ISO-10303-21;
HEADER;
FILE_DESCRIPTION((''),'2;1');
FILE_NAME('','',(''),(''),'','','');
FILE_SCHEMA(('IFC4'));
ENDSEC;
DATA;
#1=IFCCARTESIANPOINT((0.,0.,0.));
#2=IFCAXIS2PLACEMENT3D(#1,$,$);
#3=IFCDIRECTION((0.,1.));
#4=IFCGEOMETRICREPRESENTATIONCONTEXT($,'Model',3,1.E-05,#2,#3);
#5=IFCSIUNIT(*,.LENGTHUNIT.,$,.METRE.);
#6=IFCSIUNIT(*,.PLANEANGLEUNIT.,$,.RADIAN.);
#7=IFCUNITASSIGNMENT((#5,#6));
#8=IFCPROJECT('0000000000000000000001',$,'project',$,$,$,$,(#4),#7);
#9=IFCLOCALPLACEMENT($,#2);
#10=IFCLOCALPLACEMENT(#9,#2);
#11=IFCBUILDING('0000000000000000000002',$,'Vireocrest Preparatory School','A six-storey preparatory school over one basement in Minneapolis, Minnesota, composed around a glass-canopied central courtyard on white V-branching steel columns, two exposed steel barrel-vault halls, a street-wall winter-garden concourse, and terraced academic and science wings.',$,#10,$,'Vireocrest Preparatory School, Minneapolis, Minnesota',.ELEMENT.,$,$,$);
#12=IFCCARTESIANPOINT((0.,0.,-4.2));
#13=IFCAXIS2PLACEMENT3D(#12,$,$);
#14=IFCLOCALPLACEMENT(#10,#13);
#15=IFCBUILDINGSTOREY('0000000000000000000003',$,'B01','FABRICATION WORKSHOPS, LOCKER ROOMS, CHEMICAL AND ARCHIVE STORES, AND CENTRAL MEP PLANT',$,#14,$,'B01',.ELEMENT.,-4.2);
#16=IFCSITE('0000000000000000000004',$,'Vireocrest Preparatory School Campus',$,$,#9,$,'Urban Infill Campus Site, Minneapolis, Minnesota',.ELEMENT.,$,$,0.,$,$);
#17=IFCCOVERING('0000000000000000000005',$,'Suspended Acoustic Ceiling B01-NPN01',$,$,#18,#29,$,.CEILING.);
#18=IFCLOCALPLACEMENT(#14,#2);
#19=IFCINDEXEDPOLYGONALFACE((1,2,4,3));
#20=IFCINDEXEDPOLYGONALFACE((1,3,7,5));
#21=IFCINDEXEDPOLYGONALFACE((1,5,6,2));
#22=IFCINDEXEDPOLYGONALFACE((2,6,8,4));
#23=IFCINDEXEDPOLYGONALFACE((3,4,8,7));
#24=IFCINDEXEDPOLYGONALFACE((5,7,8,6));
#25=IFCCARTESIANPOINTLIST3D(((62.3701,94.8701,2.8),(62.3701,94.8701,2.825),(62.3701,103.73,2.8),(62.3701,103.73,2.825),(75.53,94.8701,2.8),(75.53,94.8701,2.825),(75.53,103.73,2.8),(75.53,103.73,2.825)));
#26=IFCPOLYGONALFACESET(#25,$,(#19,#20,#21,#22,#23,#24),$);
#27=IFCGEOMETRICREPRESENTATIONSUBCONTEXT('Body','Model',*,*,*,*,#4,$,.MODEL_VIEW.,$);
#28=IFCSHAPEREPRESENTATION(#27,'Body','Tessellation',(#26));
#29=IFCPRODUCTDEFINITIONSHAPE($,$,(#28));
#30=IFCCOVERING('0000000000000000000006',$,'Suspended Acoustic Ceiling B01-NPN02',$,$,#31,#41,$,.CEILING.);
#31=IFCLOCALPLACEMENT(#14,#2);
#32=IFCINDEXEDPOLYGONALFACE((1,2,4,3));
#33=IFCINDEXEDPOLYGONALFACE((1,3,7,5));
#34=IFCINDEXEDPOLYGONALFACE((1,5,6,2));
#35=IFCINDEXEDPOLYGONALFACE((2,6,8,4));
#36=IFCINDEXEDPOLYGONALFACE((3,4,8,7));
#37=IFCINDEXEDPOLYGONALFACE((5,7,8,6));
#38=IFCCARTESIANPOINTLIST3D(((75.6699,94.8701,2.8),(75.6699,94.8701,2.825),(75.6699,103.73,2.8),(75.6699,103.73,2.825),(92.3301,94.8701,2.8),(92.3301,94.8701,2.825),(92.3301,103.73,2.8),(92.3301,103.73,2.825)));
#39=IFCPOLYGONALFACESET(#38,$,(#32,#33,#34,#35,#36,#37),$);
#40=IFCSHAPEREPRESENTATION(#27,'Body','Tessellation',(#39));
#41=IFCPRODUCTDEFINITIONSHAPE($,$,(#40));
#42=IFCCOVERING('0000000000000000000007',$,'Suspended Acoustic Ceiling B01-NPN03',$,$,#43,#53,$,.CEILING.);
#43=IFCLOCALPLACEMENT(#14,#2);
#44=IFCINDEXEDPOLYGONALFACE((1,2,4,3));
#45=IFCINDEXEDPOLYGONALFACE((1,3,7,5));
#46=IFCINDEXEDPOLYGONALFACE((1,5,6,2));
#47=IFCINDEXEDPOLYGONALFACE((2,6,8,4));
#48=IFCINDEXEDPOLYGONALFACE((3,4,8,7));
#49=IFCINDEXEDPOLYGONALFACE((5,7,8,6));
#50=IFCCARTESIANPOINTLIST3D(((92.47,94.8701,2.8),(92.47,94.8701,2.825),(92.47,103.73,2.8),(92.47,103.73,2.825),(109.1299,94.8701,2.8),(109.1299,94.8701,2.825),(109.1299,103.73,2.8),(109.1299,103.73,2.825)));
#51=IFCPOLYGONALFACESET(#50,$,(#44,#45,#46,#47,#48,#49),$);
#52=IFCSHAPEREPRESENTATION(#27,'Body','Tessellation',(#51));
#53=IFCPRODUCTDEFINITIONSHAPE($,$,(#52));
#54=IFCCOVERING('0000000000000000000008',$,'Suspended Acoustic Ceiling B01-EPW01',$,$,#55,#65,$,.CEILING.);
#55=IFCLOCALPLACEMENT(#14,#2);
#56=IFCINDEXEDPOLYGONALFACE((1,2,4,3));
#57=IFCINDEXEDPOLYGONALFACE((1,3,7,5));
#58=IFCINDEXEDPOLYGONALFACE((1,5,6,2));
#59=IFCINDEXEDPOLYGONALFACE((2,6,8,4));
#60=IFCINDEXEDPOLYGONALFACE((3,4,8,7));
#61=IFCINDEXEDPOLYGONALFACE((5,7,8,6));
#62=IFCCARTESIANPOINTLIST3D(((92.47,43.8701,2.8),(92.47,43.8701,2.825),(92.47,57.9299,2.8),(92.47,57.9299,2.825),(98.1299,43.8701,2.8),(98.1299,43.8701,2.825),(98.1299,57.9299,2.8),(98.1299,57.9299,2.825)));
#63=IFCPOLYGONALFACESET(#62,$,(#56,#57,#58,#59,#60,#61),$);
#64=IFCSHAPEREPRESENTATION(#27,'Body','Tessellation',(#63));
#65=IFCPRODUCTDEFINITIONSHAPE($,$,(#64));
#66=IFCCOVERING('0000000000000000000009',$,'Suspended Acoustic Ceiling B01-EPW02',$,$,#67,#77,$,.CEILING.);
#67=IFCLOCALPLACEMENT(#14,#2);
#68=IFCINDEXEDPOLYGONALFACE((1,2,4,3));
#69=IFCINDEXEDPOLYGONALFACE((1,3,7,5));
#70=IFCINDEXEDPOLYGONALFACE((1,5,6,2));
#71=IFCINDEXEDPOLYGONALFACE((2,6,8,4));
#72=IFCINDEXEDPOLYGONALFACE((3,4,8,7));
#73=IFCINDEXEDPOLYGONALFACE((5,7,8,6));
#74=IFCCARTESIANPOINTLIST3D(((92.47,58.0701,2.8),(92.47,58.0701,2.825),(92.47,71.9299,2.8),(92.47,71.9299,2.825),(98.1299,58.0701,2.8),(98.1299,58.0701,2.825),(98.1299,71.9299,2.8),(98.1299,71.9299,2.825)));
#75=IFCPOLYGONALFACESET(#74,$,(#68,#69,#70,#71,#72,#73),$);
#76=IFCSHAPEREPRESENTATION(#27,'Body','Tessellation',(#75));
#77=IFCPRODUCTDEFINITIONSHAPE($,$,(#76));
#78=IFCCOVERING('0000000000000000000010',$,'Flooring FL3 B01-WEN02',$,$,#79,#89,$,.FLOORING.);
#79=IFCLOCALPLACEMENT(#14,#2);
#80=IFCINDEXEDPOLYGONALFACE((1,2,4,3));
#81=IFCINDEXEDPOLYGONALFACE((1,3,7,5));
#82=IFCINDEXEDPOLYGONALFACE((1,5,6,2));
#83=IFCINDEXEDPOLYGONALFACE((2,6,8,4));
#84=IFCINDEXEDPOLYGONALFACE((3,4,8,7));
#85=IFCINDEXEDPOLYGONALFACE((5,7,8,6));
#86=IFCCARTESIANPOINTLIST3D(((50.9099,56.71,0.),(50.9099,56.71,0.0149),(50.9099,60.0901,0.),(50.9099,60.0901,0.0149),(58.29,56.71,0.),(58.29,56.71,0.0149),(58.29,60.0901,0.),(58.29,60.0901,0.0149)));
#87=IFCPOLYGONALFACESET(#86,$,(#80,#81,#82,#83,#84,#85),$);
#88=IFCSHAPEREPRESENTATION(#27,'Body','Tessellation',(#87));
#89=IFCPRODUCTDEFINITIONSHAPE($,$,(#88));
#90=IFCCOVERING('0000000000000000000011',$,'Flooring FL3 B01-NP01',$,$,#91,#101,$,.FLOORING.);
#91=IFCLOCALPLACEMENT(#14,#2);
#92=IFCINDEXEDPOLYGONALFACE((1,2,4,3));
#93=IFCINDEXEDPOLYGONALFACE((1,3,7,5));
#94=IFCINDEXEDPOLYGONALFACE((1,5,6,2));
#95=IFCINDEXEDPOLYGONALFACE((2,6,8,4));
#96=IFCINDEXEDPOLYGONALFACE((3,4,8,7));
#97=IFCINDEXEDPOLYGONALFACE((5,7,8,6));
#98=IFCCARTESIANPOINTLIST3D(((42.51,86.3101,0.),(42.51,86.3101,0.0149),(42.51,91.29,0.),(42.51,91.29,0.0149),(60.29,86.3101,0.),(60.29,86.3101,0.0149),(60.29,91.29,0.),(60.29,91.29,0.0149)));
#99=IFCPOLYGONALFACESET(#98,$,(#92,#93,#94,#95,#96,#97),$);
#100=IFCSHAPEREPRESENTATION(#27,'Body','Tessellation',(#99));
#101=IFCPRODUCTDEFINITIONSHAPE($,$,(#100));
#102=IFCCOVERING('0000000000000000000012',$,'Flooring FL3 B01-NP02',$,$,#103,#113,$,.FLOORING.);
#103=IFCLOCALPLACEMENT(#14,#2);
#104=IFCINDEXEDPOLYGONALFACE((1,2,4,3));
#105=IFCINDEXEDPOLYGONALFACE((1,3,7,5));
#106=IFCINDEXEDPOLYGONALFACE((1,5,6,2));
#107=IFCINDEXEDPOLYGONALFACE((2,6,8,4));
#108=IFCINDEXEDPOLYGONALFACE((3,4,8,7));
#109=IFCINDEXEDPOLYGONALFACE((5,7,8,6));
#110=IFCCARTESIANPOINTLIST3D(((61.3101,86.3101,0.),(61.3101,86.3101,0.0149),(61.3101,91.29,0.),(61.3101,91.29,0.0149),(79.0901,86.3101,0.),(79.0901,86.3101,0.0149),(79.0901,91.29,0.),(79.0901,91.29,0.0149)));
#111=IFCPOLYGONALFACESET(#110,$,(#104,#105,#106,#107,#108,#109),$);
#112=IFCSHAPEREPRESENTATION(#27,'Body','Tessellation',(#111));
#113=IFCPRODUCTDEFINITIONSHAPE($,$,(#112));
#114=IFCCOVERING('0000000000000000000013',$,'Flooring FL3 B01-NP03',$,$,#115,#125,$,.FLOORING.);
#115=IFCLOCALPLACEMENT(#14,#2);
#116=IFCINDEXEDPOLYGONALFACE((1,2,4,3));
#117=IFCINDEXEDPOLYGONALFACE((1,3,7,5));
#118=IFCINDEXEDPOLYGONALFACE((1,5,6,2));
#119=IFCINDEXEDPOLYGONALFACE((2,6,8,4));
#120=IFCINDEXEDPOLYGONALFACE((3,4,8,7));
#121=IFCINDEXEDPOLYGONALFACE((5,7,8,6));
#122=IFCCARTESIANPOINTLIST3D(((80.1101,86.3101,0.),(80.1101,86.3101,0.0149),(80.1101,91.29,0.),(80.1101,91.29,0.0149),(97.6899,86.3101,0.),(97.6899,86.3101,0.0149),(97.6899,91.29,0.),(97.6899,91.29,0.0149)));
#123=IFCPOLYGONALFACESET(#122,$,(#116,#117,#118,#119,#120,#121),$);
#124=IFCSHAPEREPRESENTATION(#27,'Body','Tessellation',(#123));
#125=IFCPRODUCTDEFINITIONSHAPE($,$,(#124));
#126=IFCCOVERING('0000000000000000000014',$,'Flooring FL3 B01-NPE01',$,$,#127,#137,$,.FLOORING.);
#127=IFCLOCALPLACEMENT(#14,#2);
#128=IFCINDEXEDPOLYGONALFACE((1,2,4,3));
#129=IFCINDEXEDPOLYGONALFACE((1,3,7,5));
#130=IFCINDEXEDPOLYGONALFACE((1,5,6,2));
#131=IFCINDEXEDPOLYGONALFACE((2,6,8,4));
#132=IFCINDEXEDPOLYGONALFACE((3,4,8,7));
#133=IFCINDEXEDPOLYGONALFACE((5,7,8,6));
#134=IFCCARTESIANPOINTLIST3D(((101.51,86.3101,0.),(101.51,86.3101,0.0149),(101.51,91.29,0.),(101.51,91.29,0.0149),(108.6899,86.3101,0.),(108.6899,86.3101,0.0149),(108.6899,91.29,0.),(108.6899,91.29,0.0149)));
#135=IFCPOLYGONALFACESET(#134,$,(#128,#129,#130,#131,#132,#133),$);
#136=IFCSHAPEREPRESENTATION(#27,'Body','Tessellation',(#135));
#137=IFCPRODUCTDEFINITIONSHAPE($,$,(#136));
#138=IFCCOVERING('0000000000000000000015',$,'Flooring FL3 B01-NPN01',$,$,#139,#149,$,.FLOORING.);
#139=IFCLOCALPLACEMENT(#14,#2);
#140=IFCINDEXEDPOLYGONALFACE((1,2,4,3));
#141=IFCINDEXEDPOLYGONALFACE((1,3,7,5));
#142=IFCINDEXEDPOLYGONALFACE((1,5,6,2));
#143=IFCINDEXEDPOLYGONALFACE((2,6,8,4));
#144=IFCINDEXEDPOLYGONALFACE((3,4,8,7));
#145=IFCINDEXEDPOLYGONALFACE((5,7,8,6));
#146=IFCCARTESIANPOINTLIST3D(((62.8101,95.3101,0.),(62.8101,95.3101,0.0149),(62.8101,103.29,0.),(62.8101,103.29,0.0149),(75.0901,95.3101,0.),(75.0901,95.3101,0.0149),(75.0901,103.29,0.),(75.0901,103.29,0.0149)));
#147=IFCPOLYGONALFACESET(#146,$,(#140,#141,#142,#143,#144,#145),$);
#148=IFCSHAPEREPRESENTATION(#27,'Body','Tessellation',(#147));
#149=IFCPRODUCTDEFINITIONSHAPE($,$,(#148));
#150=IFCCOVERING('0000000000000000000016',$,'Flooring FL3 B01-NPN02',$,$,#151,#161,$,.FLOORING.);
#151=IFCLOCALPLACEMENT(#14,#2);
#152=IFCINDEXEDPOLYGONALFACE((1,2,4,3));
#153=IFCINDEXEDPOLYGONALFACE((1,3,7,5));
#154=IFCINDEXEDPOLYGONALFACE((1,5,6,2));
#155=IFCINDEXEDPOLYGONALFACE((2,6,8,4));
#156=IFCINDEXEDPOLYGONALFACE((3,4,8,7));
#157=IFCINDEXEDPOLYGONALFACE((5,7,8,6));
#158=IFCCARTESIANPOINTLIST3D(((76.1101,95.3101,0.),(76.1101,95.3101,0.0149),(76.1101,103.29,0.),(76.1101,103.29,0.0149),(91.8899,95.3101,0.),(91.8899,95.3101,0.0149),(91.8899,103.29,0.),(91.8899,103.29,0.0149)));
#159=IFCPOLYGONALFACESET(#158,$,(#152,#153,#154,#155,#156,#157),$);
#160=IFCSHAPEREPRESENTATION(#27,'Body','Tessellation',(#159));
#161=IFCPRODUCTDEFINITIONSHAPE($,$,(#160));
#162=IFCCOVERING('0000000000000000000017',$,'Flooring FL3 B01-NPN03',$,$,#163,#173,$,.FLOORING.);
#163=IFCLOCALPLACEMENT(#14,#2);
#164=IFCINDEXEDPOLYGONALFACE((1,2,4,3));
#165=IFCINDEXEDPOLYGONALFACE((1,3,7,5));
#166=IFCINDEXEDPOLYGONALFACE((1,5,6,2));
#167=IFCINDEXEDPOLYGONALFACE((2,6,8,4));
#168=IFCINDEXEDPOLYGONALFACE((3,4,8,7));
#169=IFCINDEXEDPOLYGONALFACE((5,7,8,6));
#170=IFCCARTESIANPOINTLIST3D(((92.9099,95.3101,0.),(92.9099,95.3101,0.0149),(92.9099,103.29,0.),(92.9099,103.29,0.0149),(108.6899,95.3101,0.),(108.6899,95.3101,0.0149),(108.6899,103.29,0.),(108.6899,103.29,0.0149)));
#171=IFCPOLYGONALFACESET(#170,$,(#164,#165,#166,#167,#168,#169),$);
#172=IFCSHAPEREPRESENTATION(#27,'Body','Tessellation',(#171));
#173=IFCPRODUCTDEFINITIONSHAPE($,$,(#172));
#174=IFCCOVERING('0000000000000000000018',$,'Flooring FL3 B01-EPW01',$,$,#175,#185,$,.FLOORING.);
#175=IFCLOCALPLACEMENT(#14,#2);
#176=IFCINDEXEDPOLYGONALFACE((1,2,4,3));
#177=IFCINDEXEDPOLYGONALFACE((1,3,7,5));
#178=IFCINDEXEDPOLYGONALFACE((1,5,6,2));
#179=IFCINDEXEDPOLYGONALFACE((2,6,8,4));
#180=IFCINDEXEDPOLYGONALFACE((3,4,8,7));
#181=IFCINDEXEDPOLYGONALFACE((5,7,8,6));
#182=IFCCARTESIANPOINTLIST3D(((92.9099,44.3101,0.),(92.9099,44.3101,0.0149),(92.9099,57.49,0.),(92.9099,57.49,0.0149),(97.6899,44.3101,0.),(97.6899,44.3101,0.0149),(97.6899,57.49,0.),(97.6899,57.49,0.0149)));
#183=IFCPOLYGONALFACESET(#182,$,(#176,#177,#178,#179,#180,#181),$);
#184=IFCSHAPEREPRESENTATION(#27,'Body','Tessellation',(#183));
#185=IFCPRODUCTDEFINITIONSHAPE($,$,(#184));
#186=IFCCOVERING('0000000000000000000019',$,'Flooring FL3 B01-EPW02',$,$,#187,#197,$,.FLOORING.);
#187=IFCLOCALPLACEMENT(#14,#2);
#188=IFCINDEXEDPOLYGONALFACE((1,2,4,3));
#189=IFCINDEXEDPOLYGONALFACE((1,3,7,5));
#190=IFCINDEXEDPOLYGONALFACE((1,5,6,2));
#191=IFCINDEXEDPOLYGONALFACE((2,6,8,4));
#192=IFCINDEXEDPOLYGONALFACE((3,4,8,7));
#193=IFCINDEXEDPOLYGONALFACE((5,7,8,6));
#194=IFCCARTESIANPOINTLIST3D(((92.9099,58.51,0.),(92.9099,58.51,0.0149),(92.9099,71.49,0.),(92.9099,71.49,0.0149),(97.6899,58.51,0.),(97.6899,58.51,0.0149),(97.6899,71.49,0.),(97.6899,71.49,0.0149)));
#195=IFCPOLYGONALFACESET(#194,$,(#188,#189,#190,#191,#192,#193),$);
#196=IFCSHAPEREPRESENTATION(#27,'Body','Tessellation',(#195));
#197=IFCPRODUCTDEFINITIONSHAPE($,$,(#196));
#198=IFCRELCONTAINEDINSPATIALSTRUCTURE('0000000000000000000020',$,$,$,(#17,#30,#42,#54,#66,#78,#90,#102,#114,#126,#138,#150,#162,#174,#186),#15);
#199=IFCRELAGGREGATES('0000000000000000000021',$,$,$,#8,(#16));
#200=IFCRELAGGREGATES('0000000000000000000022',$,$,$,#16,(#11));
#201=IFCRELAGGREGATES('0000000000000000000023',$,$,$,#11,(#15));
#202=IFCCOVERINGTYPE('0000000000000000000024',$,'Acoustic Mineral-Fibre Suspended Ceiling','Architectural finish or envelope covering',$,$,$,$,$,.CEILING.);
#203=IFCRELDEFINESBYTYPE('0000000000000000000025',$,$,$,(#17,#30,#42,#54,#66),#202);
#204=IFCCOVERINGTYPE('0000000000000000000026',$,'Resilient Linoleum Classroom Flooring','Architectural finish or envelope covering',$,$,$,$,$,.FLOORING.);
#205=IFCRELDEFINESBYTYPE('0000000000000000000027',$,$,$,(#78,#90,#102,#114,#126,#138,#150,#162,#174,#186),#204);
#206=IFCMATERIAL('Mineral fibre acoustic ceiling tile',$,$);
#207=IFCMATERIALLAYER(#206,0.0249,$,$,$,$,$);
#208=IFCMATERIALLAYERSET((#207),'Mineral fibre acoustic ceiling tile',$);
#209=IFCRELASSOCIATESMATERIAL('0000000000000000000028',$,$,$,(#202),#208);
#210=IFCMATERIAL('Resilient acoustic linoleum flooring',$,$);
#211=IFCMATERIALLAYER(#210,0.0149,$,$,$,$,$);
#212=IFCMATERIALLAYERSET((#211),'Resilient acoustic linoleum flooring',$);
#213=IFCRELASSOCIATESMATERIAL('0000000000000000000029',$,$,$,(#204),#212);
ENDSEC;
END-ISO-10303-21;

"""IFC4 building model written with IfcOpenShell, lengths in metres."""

from ifc_helpers import new_model, si_unit, direction, frame, origin, place, context, subcontext, project, spatial, polyline, outline, extrude, material, layer, layer_set, type_object, element, save


model = new_model("IFC4")

# Units and contexts
model_context = context("Model", 3, precision=1e-05, world=origin(), true_north=direction((0.0, 1.0)))
body_context = subcontext(model_context, "Body", "Model", "MODEL_VIEW")
ifc_project = project(units=[si_unit("LENGTHUNIT", "METRE"), si_unit("PLANEANGLEUNIT", "RADIAN")], contexts=[model_context])

# Site, building, storey
site_placement = place(None, origin())
site = spatial("IfcSite", under=ifc_project, at=site_placement, Name="Vireocrest Preparatory School Campus", LongName="Urban Infill Campus Site, Minneapolis, Minnesota", CompositionType="ELEMENT", RefElevation=0.0)
building_placement = place(site_placement, origin())
building = spatial("IfcBuilding", under=site, at=building_placement, Name="Vireocrest Preparatory School", Description="A six-storey preparatory school over one basement in Minneapolis, Minnesota, composed around a glass-canopied central courtyard on white V-branching steel columns, two exposed steel barrel-vault halls, a street-wall winter-garden concourse, and terraced academic and science wings.", LongName="Vireocrest Preparatory School, Minneapolis, Minnesota", CompositionType="ELEMENT")
storey_placement = place(building_placement, frame((0.0, 0.0, -4.2)))
storey = spatial("IfcBuildingStorey", under=building, at=storey_placement, Name="B01", Description="FABRICATION WORKSHOPS, LOCKER ROOMS, CHEMICAL AND ARCHIVE STORES, AND CENTRAL MEP PLANT", LongName="B01", CompositionType="ELEMENT", Elevation=-4.2)

# Coverings
ifc_material_1 = material(Name="Mineral fibre acoustic ceiling tile")
ifc_layer_1 = layer(ifc_material_1, 0.0249)
ifc_layer_set_1 = layer_set([ifc_layer_1], Name="Mineral fibre acoustic ceiling tile")
covering_type_1 = type_object("IfcCoveringType", Name="Acoustic Mineral-Fibre Suspended Ceiling", Description="Architectural finish or envelope covering", PredefinedType="CEILING", material=ifc_layer_set_1)
covering_1_placement = place(storey_placement, frame((0.0, 0.0, 2.8)))
element("IfcCovering", 1, at=covering_1_placement, inside=storey, type_object=covering_type_1, Name="Suspended Acoustic Ceiling B01-NPN01", PredefinedType="CEILING", context=body_context, shape_type="SweptSolid", body=[
    extrude(outline(polyline([(62.3701, 94.8701), (75.53, 94.8701), (75.53, 103.73), (62.3701, 103.73), (62.3701, 94.8701)])), origin(), (0.0, 0.0, 1.0), 0.0249),
])
covering_2_placement = place(storey_placement, frame((0.0, 0.0, 2.8)))
element("IfcCovering", 2, at=covering_2_placement, inside=storey, type_object=covering_type_1, Name="Suspended Acoustic Ceiling B01-NPN02", PredefinedType="CEILING", context=body_context, shape_type="SweptSolid", body=[
    extrude(outline(polyline([(75.6699, 94.8701), (92.3301, 94.8701), (92.3301, 103.73), (75.6699, 103.73), (75.6699, 94.8701)])), origin(), (0.0, 0.0, 1.0), 0.0249),
])
covering_3_placement = place(storey_placement, frame((0.0, 0.0, 2.8)))
element("IfcCovering", 3, at=covering_3_placement, inside=storey, type_object=covering_type_1, Name="Suspended Acoustic Ceiling B01-NPN03", PredefinedType="CEILING", context=body_context, shape_type="SweptSolid", body=[
    extrude(outline(polyline([(92.47, 94.8701), (109.1299, 94.8701), (109.1299, 103.73), (92.47, 103.73), (92.47, 94.8701)])), origin(), (0.0, 0.0, 1.0), 0.0249),
])
covering_4_placement = place(storey_placement, frame((0.0, 0.0, 2.8)))
element("IfcCovering", 4, at=covering_4_placement, inside=storey, type_object=covering_type_1, Name="Suspended Acoustic Ceiling B01-EPW01", PredefinedType="CEILING", context=body_context, shape_type="SweptSolid", body=[
    extrude(outline(polyline([(92.47, 43.8701), (98.1299, 43.8701), (98.1299, 57.9299), (92.47, 57.9299), (92.47, 43.8701)])), origin(), (0.0, 0.0, 1.0), 0.0249),
])
covering_5_placement = place(storey_placement, frame((0.0, 0.0, 2.8)))
element("IfcCovering", 5, at=covering_5_placement, inside=storey, type_object=covering_type_1, Name="Suspended Acoustic Ceiling B01-EPW02", PredefinedType="CEILING", context=body_context, shape_type="SweptSolid", body=[
    extrude(outline(polyline([(92.47, 58.0701), (98.1299, 58.0701), (98.1299, 71.9299), (92.47, 71.9299), (92.47, 58.0701)])), origin(), (0.0, 0.0, 1.0), 0.0249),
])
ifc_material_2 = material(Name="Resilient acoustic linoleum flooring")
ifc_layer_2 = layer(ifc_material_2, 0.0149)
ifc_layer_set_2 = layer_set([ifc_layer_2], Name="Resilient acoustic linoleum flooring")
covering_type_2 = type_object("IfcCoveringType", Name="Resilient Linoleum Classroom Flooring", Description="Architectural finish or envelope covering", PredefinedType="FLOORING", material=ifc_layer_set_2)
covering_6_placement = place(storey_placement, origin())
element("IfcCovering", 6, at=covering_6_placement, inside=storey, type_object=covering_type_2, Name="Flooring FL3 B01-WEN02", PredefinedType="FLOORING", context=body_context, shape_type="SweptSolid", body=[
    extrude(outline(polyline([(50.9099, 56.71), (58.29, 56.71), (58.29, 60.0901), (50.9099, 60.0901), (50.9099, 56.71)])), origin(), (0.0, 0.0, 1.0), 0.0149),
])
covering_7_placement = place(storey_placement, origin())
element("IfcCovering", 7, at=covering_7_placement, inside=storey, type_object=covering_type_2, Name="Flooring FL3 B01-NP01", PredefinedType="FLOORING", context=body_context, shape_type="SweptSolid", body=[
    extrude(outline(polyline([(42.51, 86.3101), (60.29, 86.3101), (60.29, 91.29), (42.51, 91.29), (42.51, 86.3101)])), origin(), (0.0, 0.0, 1.0), 0.0149),
])
covering_8_placement = place(storey_placement, origin())
element("IfcCovering", 8, at=covering_8_placement, inside=storey, type_object=covering_type_2, Name="Flooring FL3 B01-NP02", PredefinedType="FLOORING", context=body_context, shape_type="SweptSolid", body=[
    extrude(outline(polyline([(61.3101, 86.3101), (79.0901, 86.3101), (79.0901, 91.29), (61.3101, 91.29), (61.3101, 86.3101)])), origin(), (0.0, 0.0, 1.0), 0.0149),
])
covering_9_placement = place(storey_placement, origin())
element("IfcCovering", 9, at=covering_9_placement, inside=storey, type_object=covering_type_2, Name="Flooring FL3 B01-NP03", PredefinedType="FLOORING", context=body_context, shape_type="SweptSolid", body=[
    extrude(outline(polyline([(80.1101, 86.3101), (97.6899, 86.3101), (97.6899, 91.29), (80.1101, 91.29), (80.1101, 86.3101)])), origin(), (0.0, 0.0, 1.0), 0.0149),
])
covering_10_placement = place(storey_placement, origin())
element("IfcCovering", 10, at=covering_10_placement, inside=storey, type_object=covering_type_2, Name="Flooring FL3 B01-NPE01", PredefinedType="FLOORING", context=body_context, shape_type="SweptSolid", body=[
    extrude(outline(polyline([(101.51, 86.3101), (108.6899, 86.3101), (108.6899, 91.29), (101.51, 91.29), (101.51, 86.3101)])), origin(), (0.0, 0.0, 1.0), 0.0149),
])
covering_11_placement = place(storey_placement, origin())
element("IfcCovering", 11, at=covering_11_placement, inside=storey, type_object=covering_type_2, Name="Flooring FL3 B01-NPN01", PredefinedType="FLOORING", context=body_context, shape_type="SweptSolid", body=[
    extrude(outline(polyline([(62.8101, 95.3101), (75.0901, 95.3101), (75.0901, 103.29), (62.8101, 103.29), (62.8101, 95.3101)])), origin(), (0.0, 0.0, 1.0), 0.0149),
])
covering_12_placement = place(storey_placement, origin())
element("IfcCovering", 12, at=covering_12_placement, inside=storey, type_object=covering_type_2, Name="Flooring FL3 B01-NPN02", PredefinedType="FLOORING", context=body_context, shape_type="SweptSolid", body=[
    extrude(outline(polyline([(76.1101, 95.3101), (91.8899, 95.3101), (91.8899, 103.29), (76.1101, 103.29), (76.1101, 95.3101)])), origin(), (0.0, 0.0, 1.0), 0.0149),
])
covering_13_placement = place(storey_placement, origin())
element("IfcCovering", 13, at=covering_13_placement, inside=storey, type_object=covering_type_2, Name="Flooring FL3 B01-NPN03", PredefinedType="FLOORING", context=body_context, shape_type="SweptSolid", body=[
    extrude(outline(polyline([(92.9099, 95.3101), (108.6899, 95.3101), (108.6899, 103.29), (92.9099, 103.29), (92.9099, 95.3101)])), origin(), (0.0, 0.0, 1.0), 0.0149),
])
covering_14_placement = place(storey_placement, origin())
element("IfcCovering", 14, at=covering_14_placement, inside=storey, type_object=covering_type_2, Name="Flooring FL3 B01-EPW01", PredefinedType="FLOORING", context=body_context, shape_type="SweptSolid", body=[
    extrude(outline(polyline([(92.9099, 44.3101), (97.6899, 44.3101), (97.6899, 57.49), (92.9099, 57.49), (92.9099, 44.3101)])), origin(), (0.0, 0.0, 1.0), 0.0149),
])
covering_15_placement = place(storey_placement, origin())
element("IfcCovering", 15, at=covering_15_placement, inside=storey, type_object=covering_type_2, Name="Flooring FL3 B01-EPW02", PredefinedType="FLOORING", context=body_context, shape_type="SweptSolid", body=[
    extrude(outline(polyline([(92.9099, 58.51), (97.6899, 58.51), (97.6899, 71.49), (92.9099, 71.49), (92.9099, 58.51)])), origin(), (0.0, 0.0, 1.0), 0.0149),
])

save(model, "model.ifc")
